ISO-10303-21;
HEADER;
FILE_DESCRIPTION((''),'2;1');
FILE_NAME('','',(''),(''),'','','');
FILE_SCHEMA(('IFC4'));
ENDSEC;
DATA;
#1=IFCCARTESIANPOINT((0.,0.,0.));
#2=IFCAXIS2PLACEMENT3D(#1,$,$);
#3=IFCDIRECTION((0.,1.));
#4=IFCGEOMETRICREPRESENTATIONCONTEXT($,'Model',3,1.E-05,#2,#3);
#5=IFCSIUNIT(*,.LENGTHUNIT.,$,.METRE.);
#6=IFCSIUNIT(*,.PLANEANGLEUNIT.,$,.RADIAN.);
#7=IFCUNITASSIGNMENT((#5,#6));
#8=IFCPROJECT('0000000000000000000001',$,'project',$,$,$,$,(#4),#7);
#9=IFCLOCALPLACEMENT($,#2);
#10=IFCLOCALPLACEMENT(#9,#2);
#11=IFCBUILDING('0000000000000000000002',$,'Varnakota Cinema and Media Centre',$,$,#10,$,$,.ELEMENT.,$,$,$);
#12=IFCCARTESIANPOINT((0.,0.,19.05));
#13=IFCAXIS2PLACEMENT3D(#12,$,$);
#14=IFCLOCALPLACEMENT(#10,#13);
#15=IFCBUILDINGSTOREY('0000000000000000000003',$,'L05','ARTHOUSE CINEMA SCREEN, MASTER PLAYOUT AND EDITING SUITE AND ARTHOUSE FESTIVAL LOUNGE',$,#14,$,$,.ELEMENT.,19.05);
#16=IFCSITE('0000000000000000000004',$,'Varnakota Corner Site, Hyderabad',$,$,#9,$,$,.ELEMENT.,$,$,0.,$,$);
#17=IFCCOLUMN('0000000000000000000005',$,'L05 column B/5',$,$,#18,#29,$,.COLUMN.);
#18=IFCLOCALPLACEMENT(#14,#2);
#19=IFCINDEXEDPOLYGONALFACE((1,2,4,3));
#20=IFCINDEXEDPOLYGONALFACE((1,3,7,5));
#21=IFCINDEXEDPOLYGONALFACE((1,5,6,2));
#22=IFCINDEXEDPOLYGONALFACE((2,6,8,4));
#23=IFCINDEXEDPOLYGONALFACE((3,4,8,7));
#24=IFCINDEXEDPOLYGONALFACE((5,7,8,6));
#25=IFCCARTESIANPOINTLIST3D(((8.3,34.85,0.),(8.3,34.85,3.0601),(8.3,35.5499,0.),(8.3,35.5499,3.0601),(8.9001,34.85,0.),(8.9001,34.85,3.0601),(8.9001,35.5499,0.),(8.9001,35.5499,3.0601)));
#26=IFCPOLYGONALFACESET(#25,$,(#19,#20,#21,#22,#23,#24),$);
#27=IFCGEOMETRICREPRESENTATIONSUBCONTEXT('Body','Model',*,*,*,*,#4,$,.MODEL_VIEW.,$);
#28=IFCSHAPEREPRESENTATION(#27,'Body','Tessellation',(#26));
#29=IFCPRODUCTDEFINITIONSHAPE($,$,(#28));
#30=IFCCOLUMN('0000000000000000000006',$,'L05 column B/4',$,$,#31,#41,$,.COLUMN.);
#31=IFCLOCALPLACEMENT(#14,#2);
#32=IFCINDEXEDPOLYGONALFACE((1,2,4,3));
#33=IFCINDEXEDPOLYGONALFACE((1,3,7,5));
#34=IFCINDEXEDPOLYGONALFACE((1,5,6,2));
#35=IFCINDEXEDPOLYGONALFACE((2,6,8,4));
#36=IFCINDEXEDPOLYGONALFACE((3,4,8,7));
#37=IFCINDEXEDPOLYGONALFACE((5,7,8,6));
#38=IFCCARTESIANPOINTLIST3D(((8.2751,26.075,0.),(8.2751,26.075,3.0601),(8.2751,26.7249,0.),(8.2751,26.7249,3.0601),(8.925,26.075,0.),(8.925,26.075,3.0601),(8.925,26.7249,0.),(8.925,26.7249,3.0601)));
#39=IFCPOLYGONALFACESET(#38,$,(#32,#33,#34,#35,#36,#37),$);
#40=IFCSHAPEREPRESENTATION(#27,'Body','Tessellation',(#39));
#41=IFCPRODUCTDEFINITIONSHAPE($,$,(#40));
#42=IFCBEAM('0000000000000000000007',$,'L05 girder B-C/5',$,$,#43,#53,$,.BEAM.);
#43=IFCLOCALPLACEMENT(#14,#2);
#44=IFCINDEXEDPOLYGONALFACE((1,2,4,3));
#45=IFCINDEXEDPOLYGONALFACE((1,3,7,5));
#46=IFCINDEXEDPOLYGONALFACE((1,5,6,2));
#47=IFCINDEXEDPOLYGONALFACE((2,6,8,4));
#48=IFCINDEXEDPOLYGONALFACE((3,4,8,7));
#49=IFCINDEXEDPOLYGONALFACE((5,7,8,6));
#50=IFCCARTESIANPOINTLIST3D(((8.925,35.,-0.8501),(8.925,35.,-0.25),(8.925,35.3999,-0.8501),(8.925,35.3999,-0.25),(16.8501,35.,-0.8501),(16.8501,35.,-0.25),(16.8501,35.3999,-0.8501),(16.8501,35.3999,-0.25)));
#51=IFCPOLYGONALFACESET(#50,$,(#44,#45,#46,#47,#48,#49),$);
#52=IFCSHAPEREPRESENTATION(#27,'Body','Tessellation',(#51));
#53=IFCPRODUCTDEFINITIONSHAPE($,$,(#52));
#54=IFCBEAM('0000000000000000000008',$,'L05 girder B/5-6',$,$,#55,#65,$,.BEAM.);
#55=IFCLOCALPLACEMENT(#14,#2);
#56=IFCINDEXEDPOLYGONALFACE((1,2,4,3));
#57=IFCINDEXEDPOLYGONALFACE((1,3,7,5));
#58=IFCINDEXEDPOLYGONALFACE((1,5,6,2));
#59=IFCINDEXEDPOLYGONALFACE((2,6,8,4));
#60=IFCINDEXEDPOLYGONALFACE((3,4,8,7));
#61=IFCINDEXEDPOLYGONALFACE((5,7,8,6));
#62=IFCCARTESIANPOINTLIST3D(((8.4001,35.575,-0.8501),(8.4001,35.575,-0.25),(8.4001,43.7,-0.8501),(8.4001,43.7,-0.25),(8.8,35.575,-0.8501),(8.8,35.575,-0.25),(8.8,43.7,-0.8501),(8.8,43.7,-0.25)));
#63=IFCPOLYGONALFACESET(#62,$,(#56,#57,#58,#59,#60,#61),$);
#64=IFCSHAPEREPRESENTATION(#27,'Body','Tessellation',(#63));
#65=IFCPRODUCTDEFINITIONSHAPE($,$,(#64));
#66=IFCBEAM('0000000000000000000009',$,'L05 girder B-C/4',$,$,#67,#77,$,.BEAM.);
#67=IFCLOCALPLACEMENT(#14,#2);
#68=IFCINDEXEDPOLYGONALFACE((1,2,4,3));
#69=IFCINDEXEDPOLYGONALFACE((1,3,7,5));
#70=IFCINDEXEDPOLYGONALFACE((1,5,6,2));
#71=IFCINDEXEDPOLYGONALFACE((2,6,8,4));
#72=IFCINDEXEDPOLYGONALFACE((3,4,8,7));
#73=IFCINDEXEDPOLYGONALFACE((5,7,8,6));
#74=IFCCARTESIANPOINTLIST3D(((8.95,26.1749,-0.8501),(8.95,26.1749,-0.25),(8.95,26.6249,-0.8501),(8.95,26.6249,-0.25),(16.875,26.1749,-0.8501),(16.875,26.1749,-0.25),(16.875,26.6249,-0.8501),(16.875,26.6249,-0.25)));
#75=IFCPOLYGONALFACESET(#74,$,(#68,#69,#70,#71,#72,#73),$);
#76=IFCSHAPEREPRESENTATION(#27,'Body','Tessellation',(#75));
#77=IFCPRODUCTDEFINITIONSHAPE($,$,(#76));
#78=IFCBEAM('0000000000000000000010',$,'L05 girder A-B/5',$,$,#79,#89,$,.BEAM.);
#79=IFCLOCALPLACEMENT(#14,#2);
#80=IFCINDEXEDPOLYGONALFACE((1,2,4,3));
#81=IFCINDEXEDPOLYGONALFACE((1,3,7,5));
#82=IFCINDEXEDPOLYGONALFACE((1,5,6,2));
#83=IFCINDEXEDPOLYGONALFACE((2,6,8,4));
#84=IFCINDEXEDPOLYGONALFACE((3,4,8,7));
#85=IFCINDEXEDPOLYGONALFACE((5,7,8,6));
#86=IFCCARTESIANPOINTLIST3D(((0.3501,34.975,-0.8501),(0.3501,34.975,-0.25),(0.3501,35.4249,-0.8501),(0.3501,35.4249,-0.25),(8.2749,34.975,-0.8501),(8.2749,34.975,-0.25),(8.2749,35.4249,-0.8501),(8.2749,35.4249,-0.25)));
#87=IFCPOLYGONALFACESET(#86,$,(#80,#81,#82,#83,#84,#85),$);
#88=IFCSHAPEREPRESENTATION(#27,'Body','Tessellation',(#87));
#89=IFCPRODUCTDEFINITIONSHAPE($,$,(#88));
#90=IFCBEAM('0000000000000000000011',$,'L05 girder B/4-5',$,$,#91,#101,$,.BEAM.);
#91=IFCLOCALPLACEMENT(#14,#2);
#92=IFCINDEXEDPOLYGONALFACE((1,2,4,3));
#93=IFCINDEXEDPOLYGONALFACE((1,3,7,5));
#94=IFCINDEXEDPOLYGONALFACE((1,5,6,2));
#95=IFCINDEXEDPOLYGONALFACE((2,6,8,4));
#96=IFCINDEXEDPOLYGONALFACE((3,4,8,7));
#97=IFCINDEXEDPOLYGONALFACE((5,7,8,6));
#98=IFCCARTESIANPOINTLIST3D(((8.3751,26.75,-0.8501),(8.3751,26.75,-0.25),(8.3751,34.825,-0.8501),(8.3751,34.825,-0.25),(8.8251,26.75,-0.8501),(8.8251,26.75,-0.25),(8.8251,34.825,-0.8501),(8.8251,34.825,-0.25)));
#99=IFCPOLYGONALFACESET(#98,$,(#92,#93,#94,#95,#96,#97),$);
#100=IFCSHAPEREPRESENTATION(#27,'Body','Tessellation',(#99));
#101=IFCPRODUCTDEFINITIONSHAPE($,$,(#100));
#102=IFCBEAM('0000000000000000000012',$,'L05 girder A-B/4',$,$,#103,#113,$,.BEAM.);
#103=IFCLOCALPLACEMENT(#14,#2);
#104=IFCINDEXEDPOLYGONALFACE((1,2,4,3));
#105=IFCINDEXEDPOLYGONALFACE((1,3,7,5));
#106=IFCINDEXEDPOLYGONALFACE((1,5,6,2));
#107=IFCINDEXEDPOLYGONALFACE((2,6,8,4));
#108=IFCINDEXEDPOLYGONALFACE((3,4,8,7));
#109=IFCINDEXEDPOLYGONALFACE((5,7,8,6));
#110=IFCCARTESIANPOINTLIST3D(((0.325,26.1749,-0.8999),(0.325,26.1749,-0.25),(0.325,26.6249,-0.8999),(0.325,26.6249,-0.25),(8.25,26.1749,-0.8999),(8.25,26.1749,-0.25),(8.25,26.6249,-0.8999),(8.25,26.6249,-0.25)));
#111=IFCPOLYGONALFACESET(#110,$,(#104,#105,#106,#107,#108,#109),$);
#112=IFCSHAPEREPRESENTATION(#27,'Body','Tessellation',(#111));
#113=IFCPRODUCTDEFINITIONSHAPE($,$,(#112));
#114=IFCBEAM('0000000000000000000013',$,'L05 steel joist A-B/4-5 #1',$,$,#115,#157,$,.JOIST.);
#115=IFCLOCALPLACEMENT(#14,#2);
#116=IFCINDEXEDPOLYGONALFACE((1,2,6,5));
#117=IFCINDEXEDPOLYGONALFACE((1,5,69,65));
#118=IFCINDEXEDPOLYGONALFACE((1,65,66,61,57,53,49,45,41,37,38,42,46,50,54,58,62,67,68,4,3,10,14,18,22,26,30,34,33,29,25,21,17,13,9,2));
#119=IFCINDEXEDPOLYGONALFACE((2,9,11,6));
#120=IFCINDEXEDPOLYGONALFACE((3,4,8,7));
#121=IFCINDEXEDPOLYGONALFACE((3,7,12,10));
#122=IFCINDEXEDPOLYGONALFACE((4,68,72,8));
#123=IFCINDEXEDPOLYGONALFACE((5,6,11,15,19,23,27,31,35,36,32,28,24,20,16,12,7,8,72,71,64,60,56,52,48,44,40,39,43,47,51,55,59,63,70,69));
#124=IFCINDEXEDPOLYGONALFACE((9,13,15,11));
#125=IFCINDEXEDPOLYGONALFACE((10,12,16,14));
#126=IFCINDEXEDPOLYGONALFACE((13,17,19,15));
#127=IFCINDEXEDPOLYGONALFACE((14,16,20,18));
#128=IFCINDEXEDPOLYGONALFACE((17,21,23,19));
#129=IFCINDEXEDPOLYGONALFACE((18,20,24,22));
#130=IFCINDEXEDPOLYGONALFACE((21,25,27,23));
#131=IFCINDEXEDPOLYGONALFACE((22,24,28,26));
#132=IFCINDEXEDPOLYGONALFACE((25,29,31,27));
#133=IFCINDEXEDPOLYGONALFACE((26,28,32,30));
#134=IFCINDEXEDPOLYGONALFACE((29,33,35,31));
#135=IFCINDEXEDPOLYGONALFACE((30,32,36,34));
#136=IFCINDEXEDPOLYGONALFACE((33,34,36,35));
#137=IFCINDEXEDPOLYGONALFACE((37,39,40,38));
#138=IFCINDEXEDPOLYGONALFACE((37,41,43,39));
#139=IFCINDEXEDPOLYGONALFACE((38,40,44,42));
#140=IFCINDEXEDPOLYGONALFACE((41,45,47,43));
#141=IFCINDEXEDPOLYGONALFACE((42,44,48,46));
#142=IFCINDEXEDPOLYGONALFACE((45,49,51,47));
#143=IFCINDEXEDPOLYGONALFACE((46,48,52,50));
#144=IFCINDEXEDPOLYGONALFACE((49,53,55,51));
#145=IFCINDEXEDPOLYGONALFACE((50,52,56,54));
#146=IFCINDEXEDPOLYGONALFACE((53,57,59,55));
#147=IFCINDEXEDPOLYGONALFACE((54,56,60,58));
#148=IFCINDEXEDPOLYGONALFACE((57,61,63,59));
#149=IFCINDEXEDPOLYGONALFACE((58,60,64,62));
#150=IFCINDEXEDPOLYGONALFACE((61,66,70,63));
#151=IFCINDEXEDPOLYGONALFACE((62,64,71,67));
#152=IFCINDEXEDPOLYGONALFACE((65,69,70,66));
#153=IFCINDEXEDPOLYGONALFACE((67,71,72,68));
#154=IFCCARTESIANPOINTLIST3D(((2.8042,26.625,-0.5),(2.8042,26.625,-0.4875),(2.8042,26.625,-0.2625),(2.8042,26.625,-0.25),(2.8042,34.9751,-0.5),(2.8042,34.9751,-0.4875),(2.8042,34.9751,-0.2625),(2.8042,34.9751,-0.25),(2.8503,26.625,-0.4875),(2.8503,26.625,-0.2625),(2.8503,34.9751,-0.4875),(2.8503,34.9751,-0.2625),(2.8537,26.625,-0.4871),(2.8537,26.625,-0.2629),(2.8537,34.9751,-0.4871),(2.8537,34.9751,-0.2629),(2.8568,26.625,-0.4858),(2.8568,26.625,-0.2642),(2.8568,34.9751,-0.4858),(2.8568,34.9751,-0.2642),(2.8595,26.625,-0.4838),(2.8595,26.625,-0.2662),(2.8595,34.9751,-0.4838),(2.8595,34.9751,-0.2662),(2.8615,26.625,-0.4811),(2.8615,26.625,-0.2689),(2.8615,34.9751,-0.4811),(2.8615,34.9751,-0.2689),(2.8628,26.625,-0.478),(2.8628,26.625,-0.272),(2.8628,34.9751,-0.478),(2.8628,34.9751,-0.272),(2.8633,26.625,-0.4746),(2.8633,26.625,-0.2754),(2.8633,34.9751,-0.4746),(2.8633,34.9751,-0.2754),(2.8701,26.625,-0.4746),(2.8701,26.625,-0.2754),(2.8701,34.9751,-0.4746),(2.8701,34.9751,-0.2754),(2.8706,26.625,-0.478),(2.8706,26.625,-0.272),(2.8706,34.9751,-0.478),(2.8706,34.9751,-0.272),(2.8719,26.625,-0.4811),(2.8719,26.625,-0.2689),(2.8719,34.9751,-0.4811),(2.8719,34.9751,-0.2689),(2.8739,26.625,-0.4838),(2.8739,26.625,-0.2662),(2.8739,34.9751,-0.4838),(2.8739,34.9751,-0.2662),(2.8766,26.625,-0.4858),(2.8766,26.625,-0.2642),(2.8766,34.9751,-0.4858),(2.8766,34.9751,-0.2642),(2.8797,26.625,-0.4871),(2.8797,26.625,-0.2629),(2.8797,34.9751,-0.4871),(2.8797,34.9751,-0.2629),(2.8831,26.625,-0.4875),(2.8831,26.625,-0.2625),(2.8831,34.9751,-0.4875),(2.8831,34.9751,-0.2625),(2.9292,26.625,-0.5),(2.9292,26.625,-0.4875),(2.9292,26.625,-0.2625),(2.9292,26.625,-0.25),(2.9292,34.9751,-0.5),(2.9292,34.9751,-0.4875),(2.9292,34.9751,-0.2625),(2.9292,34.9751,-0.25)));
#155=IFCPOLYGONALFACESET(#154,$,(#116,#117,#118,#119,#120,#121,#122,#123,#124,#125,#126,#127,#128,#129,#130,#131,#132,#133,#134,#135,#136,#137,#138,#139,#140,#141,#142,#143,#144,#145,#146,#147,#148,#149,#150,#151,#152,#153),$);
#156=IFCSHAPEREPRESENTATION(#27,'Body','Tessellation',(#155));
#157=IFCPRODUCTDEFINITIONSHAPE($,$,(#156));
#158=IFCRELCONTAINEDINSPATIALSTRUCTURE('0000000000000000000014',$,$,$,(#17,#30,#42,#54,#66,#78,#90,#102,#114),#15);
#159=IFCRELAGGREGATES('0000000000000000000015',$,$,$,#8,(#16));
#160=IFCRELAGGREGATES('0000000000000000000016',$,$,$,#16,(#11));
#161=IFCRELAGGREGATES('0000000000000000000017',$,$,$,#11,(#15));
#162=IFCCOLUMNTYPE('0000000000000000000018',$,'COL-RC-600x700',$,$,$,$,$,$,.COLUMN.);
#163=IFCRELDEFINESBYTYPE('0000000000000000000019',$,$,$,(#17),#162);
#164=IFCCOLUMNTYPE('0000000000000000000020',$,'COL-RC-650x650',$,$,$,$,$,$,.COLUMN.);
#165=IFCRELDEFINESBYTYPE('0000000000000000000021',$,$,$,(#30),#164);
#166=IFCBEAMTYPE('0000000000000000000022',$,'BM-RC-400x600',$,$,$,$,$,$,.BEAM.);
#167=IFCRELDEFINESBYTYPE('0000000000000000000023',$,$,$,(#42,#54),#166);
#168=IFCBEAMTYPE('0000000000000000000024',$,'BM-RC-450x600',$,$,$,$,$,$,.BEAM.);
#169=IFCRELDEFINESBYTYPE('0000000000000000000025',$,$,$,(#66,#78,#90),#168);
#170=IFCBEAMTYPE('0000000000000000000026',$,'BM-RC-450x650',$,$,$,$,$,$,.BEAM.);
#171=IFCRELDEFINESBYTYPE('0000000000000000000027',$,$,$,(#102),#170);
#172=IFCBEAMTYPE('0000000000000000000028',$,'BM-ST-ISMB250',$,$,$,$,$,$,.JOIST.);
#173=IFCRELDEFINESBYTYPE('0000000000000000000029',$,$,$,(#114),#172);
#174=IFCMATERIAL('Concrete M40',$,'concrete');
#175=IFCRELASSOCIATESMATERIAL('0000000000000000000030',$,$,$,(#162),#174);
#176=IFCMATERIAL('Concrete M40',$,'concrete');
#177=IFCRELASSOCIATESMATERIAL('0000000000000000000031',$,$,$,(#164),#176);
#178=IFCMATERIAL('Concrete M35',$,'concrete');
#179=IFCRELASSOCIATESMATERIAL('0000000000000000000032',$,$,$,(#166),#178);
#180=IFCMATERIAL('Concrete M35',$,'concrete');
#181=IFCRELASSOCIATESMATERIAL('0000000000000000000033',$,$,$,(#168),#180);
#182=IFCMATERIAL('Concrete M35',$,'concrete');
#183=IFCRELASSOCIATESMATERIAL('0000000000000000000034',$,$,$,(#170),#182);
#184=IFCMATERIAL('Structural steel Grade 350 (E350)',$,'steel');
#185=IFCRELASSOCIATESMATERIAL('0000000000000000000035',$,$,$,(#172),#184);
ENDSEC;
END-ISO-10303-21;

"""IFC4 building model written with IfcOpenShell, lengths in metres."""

from ifc_helpers import new_model, si_unit, direction, frame, origin, origin_2d, place, context, subcontext, project, spatial, rectangle, i_section, extrude, material, material_profile, profile_set, type_object, element, save


model = new_model("IFC4")

# Units and contexts
model_context = context("Model", 3, precision=1e-05, world=origin(), true_north=direction((0.0, 1.0)))
body_context = subcontext(model_context, "Body", "Model", "MODEL_VIEW")
ifc_project = project(units=[si_unit("LENGTHUNIT", "METRE"), si_unit("PLANEANGLEUNIT", "RADIAN")], contexts=[model_context])

# Site, building, storey
site_placement = place(None, origin())
site = spatial("IfcSite", under=ifc_project, at=site_placement, Name="Varnakota Corner Site, Hyderabad", CompositionType="ELEMENT", RefElevation=0.0)
building_placement = place(site_placement, origin())
building = spatial("IfcBuilding", under=site, at=building_placement, Name="Varnakota Cinema and Media Centre", CompositionType="ELEMENT")
storey_placement = place(building_placement, frame((0.0, 0.0, 19.05)))
storey = spatial("IfcBuildingStorey", under=building, at=storey_placement, Name="L05", Description="ARTHOUSE CINEMA SCREEN, MASTER PLAYOUT AND EDITING SUITE AND ARTHOUSE FESTIVAL LOUNGE", CompositionType="ELEMENT", Elevation=19.05)

# Columns
ifc_material_1 = material(Name="Concrete M40", Category="concrete")
ifc_material_profile_1 = material_profile(ifc_material_1, rectangle(XDim=0.6001, YDim=0.7, at=origin_2d()), Name="RC 600x700")
ifc_profile_set_1 = profile_set([ifc_material_profile_1], Name="Concrete M40")
column_type_1 = type_object("IfcColumnType", Name="COL-RC-600x700", PredefinedType="COLUMN", material=ifc_profile_set_1)
column_1_placement = place(storey_placement, frame((8.6001, 35.2, 0.0), z_axis=(0.0, 0.0, 1.0), x_axis=(1.0, 0.0, 0.0)))
element("IfcColumn", 1, at=column_1_placement, inside=storey, type_object=column_type_1, Name="L05 column B/5", PredefinedType="COLUMN", context=body_context, shape_type="SweptSolid", body=[
    extrude(rectangle(XDim=0.6001, YDim=0.7, at=origin_2d()), origin(), (0.0, 0.0, 1.0), 3.0601),
])
ifc_material_2 = material(Name="Concrete M40", Category="concrete")
ifc_material_profile_2 = material_profile(ifc_material_2, rectangle(XDim=0.6499, YDim=0.6499, at=origin_2d()), Name="RC 650x650")
ifc_profile_set_2 = profile_set([ifc_material_profile_2], Name="Concrete M40")
column_type_2 = type_object("IfcColumnType", Name="COL-RC-650x650", PredefinedType="COLUMN", material=ifc_profile_set_2)
column_2_placement = place(storey_placement, frame((8.6001, 26.3999, 0.0), z_axis=(0.0, 0.0, 1.0), x_axis=(1.0, 0.0, 0.0)))
element("IfcColumn", 2, at=column_2_placement, inside=storey, type_object=column_type_2, Name="L05 column B/4", PredefinedType="COLUMN", context=body_context, shape_type="SweptSolid", body=[
    extrude(rectangle(XDim=0.6499, YDim=0.6499, at=origin_2d()), origin(), (0.0, 0.0, 1.0), 3.0601),
])

# Beams
ifc_material_3 = material(Name="Concrete M35", Category="concrete")
ifc_material_profile_3 = material_profile(ifc_material_3, rectangle(XDim=0.3999, YDim=0.6001, at=origin_2d()), Name="RCB 400x600")
ifc_profile_set_3 = profile_set([ifc_material_profile_3], Name="Concrete M35")
beam_type_1 = type_object("IfcBeamType", Name="BM-RC-400x600", PredefinedType="BEAM", material=ifc_profile_set_3)
beam_1_placement = place(storey_placement, frame((8.925, 35.2, -0.55), z_axis=(1.0, 0.0, 0.0), x_axis=(0.0, 1.0, 0.0)))
element("IfcBeam", 3, at=beam_1_placement, inside=storey, type_object=beam_type_1, Name="L05 girder B-C/5", PredefinedType="BEAM", context=body_context, shape_type="SweptSolid", body=[
    extrude(rectangle(XDim=0.3999, YDim=0.6001, at=origin_2d()), origin(), (0.0, 0.0, 1.0), 7.925),
])
beam_2_placement = place(storey_placement, frame((8.6001, 35.575, -0.55), z_axis=(0.0, 1.0, 0.0), x_axis=(-1.0, 0.0, 0.0)))
element("IfcBeam", 4, at=beam_2_placement, inside=storey, type_object=beam_type_1, Name="L05 girder B/5-6", PredefinedType="BEAM", context=body_context, shape_type="SweptSolid", body=[
    extrude(rectangle(XDim=0.3999, YDim=0.6001, at=origin_2d()), origin(), (0.0, 0.0, 1.0), 8.125),
])
ifc_material_4 = material(Name="Concrete M35", Category="concrete")
ifc_material_profile_4 = material_profile(ifc_material_4, rectangle(XDim=0.45, YDim=0.6001, at=origin_2d()), Name="RCB 450x600")
ifc_profile_set_4 = profile_set([ifc_material_profile_4], Name="Concrete M35")
beam_type_2 = type_object("IfcBeamType", Name="BM-RC-450x600", PredefinedType="BEAM", material=ifc_profile_set_4)
beam_3_placement = place(storey_placement, frame((8.95, 26.3999, -0.55), z_axis=(1.0, 0.0, 0.0), x_axis=(0.0, 1.0, 0.0)))
element("IfcBeam", 5, at=beam_3_placement, inside=storey, type_object=beam_type_2, Name="L05 girder B-C/4", PredefinedType="BEAM", context=body_context, shape_type="SweptSolid", body=[
    extrude(rectangle(XDim=0.45, YDim=0.6001, at=origin_2d()), origin(), (0.0, 0.0, 1.0), 7.925),
])
beam_4_placement = place(storey_placement, frame((0.3501, 35.2, -0.55), z_axis=(1.0, 0.0, 0.0), x_axis=(0.0, 1.0, 0.0)))
element("IfcBeam", 6, at=beam_4_placement, inside=storey, type_object=beam_type_2, Name="L05 girder A-B/5", PredefinedType="BEAM", context=body_context, shape_type="SweptSolid", body=[
    extrude(rectangle(XDim=0.45, YDim=0.6001, at=origin_2d()), origin(), (0.0, 0.0, 1.0), 7.9248),
])
beam_5_placement = place(storey_placement, frame((8.6001, 26.75, -0.55), z_axis=(0.0, 1.0, 0.0), x_axis=(-1.0, 0.0, 0.0)))
element("IfcBeam", 7, at=beam_5_placement, inside=storey, type_object=beam_type_2, Name="L05 girder B/4-5", PredefinedType="BEAM", context=body_context, shape_type="SweptSolid", body=[
    extrude(rectangle(XDim=0.45, YDim=0.6001, at=origin_2d()), origin(), (0.0, 0.0, 1.0), 8.075),
])
ifc_material_5 = material(Name="Concrete M35", Category="concrete")
ifc_material_profile_5 = material_profile(ifc_material_5, rectangle(XDim=0.45, YDim=0.6499, at=origin_2d()), Name="RCB 450x650")
ifc_profile_set_5 = profile_set([ifc_material_profile_5], Name="Concrete M35")
beam_type_3 = type_object("IfcBeamType", Name="BM-RC-450x650", PredefinedType="BEAM", material=ifc_profile_set_5)
beam_6_placement = place(storey_placement, frame((0.325, 26.3999, -0.575), z_axis=(1.0, 0.0, 0.0), x_axis=(0.0, 1.0, 0.0)))
element("IfcBeam", 8, at=beam_6_placement, inside=storey, type_object=beam_type_3, Name="L05 girder A-B/4", PredefinedType="BEAM", context=body_context, shape_type="SweptSolid", body=[
    extrude(rectangle(XDim=0.45, YDim=0.6499, at=origin_2d()), origin(), (0.0, 0.0, 1.0), 7.925),
])
ifc_material_6 = material(Name="Structural steel Grade 350 (E350)", Category="steel")
ifc_material_profile_6 = material_profile(ifc_material_6, i_section(OverallWidth=0.125, OverallDepth=0.25, WebThickness=0.0068, FlangeThickness=0.0125, FilletRadius=0.0129, at=origin_2d()), Name="ISMB 250")
ifc_profile_set_6 = profile_set([ifc_material_profile_6], Name="Structural steel Grade 350 (E350)")
beam_type_4 = type_object("IfcBeamType", Name="BM-ST-ISMB250", PredefinedType="JOIST", material=ifc_profile_set_6)
for number, where, z_axis, x_axis, name in (
    (9, (2.8667, 26.625, -0.375), (0.0, 1.0, 0.0), (-1.0, 0.0, 0.0), "L05 steel joist A-B/4-5 #1"),
):
    element("IfcBeam", number, at=place(storey_placement, frame(where, z_axis=z_axis, x_axis=x_axis)), inside=storey, type_object=beam_type_4, Name=name, PredefinedType="JOIST", context=body_context, shape_type="SweptSolid", body=[
        extrude(i_section(OverallWidth=0.125, OverallDepth=0.25, WebThickness=0.0068, FlangeThickness=0.0125, FilletRadius=0.0129, at=origin_2d()), origin(), (0.0, 0.0, 1.0), 8.3501),
    ])

save(model, "model.ifc")
